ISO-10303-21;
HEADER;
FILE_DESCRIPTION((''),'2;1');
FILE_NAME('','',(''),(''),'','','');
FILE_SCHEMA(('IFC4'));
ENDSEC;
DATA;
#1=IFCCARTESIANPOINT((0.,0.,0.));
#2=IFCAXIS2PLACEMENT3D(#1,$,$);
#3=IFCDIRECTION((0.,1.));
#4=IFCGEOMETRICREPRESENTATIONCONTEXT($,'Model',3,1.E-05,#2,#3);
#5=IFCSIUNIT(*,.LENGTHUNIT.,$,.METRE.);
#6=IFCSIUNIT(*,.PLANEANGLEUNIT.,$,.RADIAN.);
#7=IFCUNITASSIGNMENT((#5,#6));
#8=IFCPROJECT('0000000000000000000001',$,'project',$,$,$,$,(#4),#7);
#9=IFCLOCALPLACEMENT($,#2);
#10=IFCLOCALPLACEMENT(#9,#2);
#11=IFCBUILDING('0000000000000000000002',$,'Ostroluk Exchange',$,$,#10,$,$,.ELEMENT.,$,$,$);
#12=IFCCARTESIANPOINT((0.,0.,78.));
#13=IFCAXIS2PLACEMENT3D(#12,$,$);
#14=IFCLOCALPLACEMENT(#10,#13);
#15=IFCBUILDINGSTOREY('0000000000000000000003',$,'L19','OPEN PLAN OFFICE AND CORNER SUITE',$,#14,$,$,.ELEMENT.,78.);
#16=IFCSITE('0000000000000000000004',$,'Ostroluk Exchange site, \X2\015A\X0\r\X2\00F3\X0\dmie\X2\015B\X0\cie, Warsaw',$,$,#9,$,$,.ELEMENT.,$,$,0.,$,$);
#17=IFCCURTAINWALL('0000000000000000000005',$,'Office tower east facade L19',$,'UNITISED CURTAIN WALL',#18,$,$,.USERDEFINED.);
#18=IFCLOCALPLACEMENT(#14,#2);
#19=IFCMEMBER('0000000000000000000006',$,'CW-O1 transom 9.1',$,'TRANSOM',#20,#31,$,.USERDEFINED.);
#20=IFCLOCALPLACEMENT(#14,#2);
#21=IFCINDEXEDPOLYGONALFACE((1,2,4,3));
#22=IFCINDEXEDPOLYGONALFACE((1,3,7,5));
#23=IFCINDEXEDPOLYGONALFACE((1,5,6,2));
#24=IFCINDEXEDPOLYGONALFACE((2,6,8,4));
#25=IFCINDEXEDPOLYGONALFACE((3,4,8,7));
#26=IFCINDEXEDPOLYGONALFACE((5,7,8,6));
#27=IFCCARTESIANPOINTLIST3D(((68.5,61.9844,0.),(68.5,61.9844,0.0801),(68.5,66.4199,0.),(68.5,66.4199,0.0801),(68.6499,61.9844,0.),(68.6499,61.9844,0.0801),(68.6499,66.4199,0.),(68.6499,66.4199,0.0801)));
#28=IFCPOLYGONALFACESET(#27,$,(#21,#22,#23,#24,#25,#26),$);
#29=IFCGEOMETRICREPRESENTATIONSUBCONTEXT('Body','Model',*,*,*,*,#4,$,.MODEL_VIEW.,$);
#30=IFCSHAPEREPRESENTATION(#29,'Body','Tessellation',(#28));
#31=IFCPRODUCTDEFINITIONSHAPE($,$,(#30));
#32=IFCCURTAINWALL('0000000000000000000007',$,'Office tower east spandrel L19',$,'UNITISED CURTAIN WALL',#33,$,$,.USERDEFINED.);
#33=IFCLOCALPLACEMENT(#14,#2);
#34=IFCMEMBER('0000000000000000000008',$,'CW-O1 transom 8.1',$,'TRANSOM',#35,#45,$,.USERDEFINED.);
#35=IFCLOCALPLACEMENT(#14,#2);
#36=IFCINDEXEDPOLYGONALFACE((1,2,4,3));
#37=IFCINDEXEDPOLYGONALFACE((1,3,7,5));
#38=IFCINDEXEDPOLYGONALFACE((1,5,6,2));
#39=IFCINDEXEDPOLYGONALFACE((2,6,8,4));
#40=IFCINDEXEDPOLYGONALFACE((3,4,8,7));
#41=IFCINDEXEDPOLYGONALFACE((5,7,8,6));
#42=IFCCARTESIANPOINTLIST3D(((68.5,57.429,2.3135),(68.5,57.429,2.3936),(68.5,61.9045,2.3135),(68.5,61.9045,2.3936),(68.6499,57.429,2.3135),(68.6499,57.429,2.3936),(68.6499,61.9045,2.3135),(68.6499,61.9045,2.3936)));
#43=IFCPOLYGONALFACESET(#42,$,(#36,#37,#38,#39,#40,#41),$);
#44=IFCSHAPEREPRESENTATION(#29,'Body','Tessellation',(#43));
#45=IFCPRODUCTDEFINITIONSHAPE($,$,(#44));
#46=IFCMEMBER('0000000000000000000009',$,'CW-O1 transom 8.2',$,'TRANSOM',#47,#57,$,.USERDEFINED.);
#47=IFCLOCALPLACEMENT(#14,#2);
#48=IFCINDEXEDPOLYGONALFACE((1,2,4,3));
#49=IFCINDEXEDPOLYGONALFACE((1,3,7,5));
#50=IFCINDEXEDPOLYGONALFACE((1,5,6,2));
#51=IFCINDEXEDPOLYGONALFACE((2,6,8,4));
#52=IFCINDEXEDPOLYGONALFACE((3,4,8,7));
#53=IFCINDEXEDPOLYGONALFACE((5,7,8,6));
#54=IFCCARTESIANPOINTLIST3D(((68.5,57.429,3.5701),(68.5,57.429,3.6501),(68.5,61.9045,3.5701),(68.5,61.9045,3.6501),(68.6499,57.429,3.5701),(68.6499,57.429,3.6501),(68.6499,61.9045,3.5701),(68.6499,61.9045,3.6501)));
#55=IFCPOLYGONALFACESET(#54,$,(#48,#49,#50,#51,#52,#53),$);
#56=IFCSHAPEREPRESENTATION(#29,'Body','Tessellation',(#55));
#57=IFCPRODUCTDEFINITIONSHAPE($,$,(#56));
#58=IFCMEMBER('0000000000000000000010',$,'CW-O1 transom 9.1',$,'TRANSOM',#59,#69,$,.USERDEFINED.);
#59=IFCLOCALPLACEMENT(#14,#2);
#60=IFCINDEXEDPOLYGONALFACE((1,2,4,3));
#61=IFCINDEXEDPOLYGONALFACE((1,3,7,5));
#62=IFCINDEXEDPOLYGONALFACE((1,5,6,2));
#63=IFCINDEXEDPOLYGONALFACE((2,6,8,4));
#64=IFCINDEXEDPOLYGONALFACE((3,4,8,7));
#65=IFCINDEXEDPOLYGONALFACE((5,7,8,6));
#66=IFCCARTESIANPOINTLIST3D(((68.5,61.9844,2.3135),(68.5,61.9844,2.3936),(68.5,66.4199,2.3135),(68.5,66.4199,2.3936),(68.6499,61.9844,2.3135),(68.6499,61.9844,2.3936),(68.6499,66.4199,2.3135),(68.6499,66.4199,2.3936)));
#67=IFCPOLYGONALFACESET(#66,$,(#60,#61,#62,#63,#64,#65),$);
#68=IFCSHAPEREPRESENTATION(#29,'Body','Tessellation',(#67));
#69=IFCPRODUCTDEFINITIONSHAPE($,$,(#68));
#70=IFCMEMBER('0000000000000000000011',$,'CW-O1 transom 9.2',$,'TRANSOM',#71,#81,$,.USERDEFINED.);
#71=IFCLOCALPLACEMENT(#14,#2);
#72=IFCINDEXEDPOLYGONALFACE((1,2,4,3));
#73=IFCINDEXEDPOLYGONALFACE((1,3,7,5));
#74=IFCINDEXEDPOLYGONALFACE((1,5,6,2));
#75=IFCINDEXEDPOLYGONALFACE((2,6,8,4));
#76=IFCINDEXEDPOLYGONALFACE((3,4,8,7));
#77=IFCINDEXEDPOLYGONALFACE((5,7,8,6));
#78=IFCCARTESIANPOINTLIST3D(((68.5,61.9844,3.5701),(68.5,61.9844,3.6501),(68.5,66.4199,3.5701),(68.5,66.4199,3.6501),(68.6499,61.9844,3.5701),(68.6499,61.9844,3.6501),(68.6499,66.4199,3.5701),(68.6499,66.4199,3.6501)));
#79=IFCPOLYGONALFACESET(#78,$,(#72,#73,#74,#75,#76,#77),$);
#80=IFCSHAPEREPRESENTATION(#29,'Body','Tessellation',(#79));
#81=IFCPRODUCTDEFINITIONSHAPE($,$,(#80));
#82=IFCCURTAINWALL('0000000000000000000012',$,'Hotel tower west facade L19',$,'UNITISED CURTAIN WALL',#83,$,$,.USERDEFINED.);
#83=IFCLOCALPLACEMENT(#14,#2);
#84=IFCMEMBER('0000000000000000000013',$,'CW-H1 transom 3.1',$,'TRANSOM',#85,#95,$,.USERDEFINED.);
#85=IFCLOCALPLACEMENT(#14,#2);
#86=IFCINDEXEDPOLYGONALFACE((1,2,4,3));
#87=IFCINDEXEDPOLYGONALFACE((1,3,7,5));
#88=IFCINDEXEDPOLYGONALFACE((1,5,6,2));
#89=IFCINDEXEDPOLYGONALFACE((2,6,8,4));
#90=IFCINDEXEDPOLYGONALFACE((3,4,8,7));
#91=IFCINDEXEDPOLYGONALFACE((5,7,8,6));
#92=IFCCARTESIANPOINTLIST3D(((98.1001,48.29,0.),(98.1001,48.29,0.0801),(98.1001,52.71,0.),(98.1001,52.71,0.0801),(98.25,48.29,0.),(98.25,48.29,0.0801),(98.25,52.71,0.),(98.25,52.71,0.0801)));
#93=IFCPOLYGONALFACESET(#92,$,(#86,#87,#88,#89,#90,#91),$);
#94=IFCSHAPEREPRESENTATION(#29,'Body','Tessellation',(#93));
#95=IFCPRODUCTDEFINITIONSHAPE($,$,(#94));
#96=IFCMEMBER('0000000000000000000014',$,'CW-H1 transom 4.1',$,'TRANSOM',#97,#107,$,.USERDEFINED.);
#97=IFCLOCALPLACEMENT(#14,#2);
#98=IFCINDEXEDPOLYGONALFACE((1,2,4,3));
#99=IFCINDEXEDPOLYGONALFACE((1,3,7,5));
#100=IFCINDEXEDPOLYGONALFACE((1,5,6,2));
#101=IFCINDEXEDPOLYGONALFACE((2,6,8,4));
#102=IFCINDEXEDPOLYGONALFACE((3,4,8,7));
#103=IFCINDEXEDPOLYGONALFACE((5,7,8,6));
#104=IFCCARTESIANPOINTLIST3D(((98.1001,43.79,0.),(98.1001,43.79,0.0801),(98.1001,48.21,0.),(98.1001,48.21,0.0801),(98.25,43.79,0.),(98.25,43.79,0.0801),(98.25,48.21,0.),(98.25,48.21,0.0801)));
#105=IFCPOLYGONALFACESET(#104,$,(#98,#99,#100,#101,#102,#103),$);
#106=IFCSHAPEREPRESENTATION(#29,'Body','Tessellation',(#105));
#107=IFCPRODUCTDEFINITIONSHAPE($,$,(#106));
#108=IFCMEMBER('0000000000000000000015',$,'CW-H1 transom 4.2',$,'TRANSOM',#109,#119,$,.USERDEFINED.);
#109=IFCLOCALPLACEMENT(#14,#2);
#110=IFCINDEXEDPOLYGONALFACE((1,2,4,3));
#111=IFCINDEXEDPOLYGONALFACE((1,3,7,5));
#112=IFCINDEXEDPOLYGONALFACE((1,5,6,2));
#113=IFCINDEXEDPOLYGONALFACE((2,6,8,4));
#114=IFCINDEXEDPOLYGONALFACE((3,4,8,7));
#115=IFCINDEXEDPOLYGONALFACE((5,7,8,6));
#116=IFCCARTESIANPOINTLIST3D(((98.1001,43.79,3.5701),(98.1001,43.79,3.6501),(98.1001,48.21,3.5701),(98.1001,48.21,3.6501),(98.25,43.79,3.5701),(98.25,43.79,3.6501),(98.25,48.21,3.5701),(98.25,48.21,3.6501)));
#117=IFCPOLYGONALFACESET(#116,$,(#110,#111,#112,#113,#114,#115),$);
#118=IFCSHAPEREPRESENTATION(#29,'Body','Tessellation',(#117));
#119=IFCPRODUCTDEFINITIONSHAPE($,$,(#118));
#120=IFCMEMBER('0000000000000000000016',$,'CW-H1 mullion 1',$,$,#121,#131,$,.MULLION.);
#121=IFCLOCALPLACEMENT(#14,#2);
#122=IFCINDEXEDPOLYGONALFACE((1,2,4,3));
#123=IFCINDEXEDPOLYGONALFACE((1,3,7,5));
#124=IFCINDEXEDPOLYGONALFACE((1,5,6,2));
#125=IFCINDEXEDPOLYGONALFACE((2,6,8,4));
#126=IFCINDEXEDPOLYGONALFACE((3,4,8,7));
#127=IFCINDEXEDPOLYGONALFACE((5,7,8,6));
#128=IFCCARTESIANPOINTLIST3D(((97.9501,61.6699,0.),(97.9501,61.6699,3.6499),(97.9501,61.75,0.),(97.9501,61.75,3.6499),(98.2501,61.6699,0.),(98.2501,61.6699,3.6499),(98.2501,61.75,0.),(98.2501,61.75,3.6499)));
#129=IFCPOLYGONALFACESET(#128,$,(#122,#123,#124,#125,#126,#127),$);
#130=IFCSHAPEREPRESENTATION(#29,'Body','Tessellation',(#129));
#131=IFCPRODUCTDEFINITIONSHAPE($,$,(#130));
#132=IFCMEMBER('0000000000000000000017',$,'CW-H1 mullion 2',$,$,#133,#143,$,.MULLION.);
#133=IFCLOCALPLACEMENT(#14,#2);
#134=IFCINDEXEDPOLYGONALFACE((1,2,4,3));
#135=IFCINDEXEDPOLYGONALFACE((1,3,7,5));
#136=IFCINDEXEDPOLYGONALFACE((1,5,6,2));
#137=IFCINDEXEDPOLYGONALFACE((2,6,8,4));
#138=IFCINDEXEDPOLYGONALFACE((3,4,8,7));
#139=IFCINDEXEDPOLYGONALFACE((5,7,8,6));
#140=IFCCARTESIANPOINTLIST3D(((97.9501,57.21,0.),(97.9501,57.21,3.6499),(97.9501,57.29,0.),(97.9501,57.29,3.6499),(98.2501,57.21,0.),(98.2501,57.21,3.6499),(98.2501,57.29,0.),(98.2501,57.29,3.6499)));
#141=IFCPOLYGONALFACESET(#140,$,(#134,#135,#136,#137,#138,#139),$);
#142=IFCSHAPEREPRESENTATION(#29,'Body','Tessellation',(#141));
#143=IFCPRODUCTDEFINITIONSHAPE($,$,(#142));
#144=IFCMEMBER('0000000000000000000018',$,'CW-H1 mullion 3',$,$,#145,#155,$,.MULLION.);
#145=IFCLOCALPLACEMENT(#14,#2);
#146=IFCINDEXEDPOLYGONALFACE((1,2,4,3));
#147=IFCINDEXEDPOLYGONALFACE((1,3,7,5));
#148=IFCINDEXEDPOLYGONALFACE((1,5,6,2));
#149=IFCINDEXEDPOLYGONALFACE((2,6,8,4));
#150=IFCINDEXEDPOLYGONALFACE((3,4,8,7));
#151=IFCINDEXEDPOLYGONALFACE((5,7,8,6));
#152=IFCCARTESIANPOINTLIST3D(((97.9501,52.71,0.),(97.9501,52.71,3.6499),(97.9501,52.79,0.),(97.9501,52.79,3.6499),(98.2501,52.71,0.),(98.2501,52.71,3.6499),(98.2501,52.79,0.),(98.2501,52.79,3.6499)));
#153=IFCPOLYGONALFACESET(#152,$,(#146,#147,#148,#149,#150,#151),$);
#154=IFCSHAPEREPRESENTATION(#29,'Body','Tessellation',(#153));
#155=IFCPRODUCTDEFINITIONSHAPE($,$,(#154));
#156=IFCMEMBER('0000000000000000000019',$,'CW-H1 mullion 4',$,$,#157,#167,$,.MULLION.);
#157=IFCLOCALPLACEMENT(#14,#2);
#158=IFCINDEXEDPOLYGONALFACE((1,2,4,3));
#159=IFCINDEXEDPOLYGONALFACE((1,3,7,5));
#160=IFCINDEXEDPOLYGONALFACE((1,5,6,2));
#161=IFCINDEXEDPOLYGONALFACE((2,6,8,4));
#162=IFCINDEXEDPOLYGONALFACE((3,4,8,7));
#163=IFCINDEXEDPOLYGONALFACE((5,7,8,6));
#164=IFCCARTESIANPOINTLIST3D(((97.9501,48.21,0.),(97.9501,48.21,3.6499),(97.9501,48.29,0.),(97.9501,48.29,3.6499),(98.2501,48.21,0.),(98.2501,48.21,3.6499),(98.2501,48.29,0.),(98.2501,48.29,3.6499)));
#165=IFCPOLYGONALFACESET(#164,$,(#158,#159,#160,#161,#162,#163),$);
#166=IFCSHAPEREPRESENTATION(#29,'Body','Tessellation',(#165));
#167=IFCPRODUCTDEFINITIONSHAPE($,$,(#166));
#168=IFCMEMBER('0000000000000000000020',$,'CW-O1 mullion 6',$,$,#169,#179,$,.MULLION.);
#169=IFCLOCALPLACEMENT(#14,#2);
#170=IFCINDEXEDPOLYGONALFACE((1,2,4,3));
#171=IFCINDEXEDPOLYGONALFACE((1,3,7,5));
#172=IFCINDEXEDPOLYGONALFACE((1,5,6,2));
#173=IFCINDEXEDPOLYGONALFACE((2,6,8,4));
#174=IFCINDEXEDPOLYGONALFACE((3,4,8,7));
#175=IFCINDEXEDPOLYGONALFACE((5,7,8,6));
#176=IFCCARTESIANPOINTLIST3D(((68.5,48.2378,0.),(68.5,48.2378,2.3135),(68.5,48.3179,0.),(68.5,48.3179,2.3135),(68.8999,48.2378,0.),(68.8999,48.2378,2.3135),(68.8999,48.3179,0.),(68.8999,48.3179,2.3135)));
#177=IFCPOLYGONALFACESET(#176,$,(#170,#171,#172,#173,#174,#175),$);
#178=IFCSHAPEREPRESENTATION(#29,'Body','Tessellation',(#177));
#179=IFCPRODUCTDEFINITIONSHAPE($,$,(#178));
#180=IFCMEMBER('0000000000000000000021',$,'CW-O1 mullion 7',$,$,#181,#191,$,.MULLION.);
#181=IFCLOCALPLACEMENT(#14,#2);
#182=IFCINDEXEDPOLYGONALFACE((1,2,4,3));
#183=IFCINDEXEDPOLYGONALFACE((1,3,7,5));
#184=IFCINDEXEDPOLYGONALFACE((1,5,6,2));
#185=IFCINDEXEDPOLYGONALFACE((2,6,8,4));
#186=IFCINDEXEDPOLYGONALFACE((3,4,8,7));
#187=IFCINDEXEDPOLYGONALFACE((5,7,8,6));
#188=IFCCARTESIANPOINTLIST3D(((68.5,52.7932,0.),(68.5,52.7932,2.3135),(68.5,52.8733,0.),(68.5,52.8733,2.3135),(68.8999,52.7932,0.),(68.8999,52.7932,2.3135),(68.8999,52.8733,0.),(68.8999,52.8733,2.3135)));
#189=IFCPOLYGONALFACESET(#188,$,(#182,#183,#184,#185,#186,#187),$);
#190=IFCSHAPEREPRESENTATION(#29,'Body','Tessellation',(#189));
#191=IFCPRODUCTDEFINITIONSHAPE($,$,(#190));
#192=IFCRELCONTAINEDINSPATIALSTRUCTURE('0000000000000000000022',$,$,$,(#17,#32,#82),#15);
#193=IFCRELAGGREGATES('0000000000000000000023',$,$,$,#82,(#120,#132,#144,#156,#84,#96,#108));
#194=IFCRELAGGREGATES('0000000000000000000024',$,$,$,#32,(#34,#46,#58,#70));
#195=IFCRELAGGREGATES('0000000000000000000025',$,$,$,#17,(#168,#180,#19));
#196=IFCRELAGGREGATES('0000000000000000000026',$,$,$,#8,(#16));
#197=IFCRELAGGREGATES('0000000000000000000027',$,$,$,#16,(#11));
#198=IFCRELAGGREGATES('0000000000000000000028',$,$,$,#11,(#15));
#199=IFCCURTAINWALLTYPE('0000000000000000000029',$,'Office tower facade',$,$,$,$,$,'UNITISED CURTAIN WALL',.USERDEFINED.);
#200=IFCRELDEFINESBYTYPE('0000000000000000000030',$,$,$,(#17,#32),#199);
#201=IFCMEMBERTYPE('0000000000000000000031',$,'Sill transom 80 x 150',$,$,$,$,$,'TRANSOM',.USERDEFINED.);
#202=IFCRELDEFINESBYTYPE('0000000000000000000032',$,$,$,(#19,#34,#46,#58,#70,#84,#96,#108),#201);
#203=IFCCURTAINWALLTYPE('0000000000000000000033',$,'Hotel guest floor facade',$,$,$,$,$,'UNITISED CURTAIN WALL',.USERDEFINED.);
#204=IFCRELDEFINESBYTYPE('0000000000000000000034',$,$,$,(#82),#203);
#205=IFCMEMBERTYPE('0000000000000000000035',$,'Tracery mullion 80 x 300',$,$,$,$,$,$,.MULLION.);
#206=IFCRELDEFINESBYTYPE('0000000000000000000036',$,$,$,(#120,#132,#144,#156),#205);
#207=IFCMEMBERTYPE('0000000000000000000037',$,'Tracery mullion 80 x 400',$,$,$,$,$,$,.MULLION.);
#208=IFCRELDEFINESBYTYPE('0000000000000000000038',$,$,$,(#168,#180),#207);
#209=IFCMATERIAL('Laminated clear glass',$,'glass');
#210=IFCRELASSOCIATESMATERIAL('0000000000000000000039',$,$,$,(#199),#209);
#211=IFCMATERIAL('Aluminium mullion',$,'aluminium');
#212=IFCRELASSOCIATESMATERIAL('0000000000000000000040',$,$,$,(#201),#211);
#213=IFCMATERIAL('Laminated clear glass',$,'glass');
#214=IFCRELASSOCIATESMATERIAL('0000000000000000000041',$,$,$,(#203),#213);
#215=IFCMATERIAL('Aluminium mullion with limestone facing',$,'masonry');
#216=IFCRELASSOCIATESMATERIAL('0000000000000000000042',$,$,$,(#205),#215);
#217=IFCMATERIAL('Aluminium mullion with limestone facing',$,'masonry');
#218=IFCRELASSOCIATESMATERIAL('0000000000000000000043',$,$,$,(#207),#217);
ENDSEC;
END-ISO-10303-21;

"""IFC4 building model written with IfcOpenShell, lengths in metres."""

from ifc_helpers import new_model, si_unit, direction, frame, origin, origin_2d, place, context, subcontext, project, spatial, rectangle, extrude, material, material_profile, profile_set, type_object, element, aggregate, save


model = new_model("IFC4")

# Units and contexts
model_context = context("Model", 3, precision=1e-05, world=origin(), true_north=direction((0.0, 1.0)))
body_context = subcontext(model_context, "Body", "Model", "MODEL_VIEW")
ifc_project = project(units=[si_unit("LENGTHUNIT", "METRE"), si_unit("PLANEANGLEUNIT", "RADIAN")], contexts=[model_context])

# Site, building, storey
site_placement = place(None, origin())
site = spatial("IfcSite", under=ifc_project, at=site_placement, Name="Ostroluk Exchange site, Śródmieście, Warsaw", CompositionType="ELEMENT", RefElevation=0.0)
building_placement = place(site_placement, origin())
building = spatial("IfcBuilding", under=site, at=building_placement, Name="Ostroluk Exchange", CompositionType="ELEMENT")
storey_placement = place(building_placement, frame((0.0, 0.0, 78.0)))
storey = spatial("IfcBuildingStorey", under=building, at=storey_placement, Name="L19", Description="OPEN PLAN OFFICE AND CORNER SUITE", CompositionType="ELEMENT", Elevation=78.0)

# Curtain wall, member
ifc_material_1 = material(Name="Laminated clear glass", Category="glass")
curtain_wall_type_1 = type_object("IfcCurtainWallType", Name="Office tower facade", ElementType="UNITISED CURTAIN WALL", PredefinedType="USERDEFINED", material=ifc_material_1)
curtain_wall_1_placement = place(storey_placement, origin())
curtain_wall_1 = element("IfcCurtainWall", 1, at=curtain_wall_1_placement, inside=storey, type_object=curtain_wall_type_1, Name="Office tower east facade L19", ObjectType="UNITISED CURTAIN WALL", PredefinedType="USERDEFINED")
ifc_material_2 = material(Name="Aluminium mullion", Category="aluminium")
ifc_material_profile_1 = material_profile(ifc_material_2, rectangle(XDim=0.1499, YDim=0.0801, at=origin_2d()), Name="Sill transom 80 x 150")
ifc_profile_set_1 = profile_set([ifc_material_profile_1], Name="Aluminium mullion")
member_type_1 = type_object("IfcMemberType", Name="Sill transom 80 x 150", ElementType="TRANSOM", PredefinedType="USERDEFINED", material=ifc_profile_set_1)
member_1_placement = place(storey_placement, frame((68.575, 61.9844, 0.04), z_axis=(0.0, 1.0, 0.0), x_axis=(-1.0, 0.0, 0.0)))
member_1 = element("IfcMember", 2, at=member_1_placement, type_object=member_type_1, Name="CW-O1 transom 9.1", ObjectType="TRANSOM", PredefinedType="USERDEFINED", context=body_context, shape_type="SweptSolid", body=[
    extrude(rectangle(XDim=0.1499, YDim=0.0801, at=origin_2d()), origin(), (0.0, 0.0, 1.0), 4.4355),
])

# Curtain walls, members
curtain_wall_2_placement = place(storey_placement, origin())
curtain_wall_2 = element("IfcCurtainWall", 3, at=curtain_wall_2_placement, inside=storey, type_object=curtain_wall_type_1, Name="Office tower east spandrel L19", ObjectType="UNITISED CURTAIN WALL", PredefinedType="USERDEFINED")
member_2_placement = place(storey_placement, frame((68.575, 57.429, 2.3535), z_axis=(0.0, 1.0, 0.0), x_axis=(-1.0, 0.0, 0.0)))
member_2 = element("IfcMember", 4, at=member_2_placement, type_object=member_type_1, Name="CW-O1 transom 8.1", ObjectType="TRANSOM", PredefinedType="USERDEFINED", context=body_context, shape_type="SweptSolid", body=[
    extrude(rectangle(XDim=0.1499, YDim=0.0801, at=origin_2d()), origin(), (0.0, 0.0, 1.0), 4.4756),
])
member_3_placement = place(storey_placement, frame((68.575, 57.429, 3.6101), z_axis=(0.0, 1.0, 0.0), x_axis=(-1.0, 0.0, 0.0)))
member_3 = element("IfcMember", 5, at=member_3_placement, type_object=member_type_1, Name="CW-O1 transom 8.2", ObjectType="TRANSOM", PredefinedType="USERDEFINED", context=body_context, shape_type="SweptSolid", body=[
    extrude(rectangle(XDim=0.1499, YDim=0.0801, at=origin_2d()), origin(), (0.0, 0.0, 1.0), 4.4756),
])
member_4_placement = place(storey_placement, frame((68.575, 61.9844, 2.3535), z_axis=(0.0, 1.0, 0.0), x_axis=(-1.0, 0.0, 0.0)))
member_4 = element("IfcMember", 6, at=member_4_placement, type_object=member_type_1, Name="CW-O1 transom 9.1", ObjectType="TRANSOM", PredefinedType="USERDEFINED", context=body_context, shape_type="SweptSolid", body=[
    extrude(rectangle(XDim=0.1499, YDim=0.0801, at=origin_2d()), origin(), (0.0, 0.0, 1.0), 4.4355),
])
member_5_placement = place(storey_placement, frame((68.575, 61.9844, 3.6101), z_axis=(0.0, 1.0, 0.0), x_axis=(-1.0, 0.0, 0.0)))
member_5 = element("IfcMember", 7, at=member_5_placement, type_object=member_type_1, Name="CW-O1 transom 9.2", ObjectType="TRANSOM", PredefinedType="USERDEFINED", context=body_context, shape_type="SweptSolid", body=[
    extrude(rectangle(XDim=0.1499, YDim=0.0801, at=origin_2d()), origin(), (0.0, 0.0, 1.0), 4.4355),
])
ifc_material_3 = material(Name="Laminated clear glass", Category="glass")
curtain_wall_type_2 = type_object("IfcCurtainWallType", Name="Hotel guest floor facade", ElementType="UNITISED CURTAIN WALL", PredefinedType="USERDEFINED", material=ifc_material_3)
curtain_wall_3_placement = place(storey_placement, origin())
curtain_wall_3 = element("IfcCurtainWall", 8, at=curtain_wall_3_placement, inside=storey, type_object=curtain_wall_type_2, Name="Hotel tower west facade L19", ObjectType="UNITISED CURTAIN WALL", PredefinedType="USERDEFINED")
member_6_placement = place(storey_placement, frame((98.175, 52.71, 0.04), z_axis=(0.0, -1.0, 0.0), x_axis=(1.0, 0.0, 0.0)))
member_6 = element("IfcMember", 9, at=member_6_placement, type_object=member_type_1, Name="CW-H1 transom 3.1", ObjectType="TRANSOM", PredefinedType="USERDEFINED", context=body_context, shape_type="SweptSolid", body=[
    extrude(rectangle(XDim=0.1499, YDim=0.0801, at=origin_2d()), origin(), (0.0, 0.0, 1.0), 4.4199),
])
member_7_placement = place(storey_placement, frame((98.175, 48.21, 0.04), z_axis=(0.0, -1.0, 0.0), x_axis=(1.0, 0.0, 0.0)))
member_7 = element("IfcMember", 10, at=member_7_placement, type_object=member_type_1, Name="CW-H1 transom 4.1", ObjectType="TRANSOM", PredefinedType="USERDEFINED", context=body_context, shape_type="SweptSolid", body=[
    extrude(rectangle(XDim=0.1499, YDim=0.0801, at=origin_2d()), origin(), (0.0, 0.0, 1.0), 4.4199),
])
member_8_placement = place(storey_placement, frame((98.175, 48.21, 3.6101), z_axis=(0.0, -1.0, 0.0), x_axis=(1.0, 0.0, 0.0)))
member_8 = element("IfcMember", 11, at=member_8_placement, type_object=member_type_1, Name="CW-H1 transom 4.2", ObjectType="TRANSOM", PredefinedType="USERDEFINED", context=body_context, shape_type="SweptSolid", body=[
    extrude(rectangle(XDim=0.1499, YDim=0.0801, at=origin_2d()), origin(), (0.0, 0.0, 1.0), 4.4199),
])
ifc_material_4 = material(Name="Aluminium mullion with limestone facing", Category="masonry")
ifc_material_profile_2 = material_profile(ifc_material_4, rectangle(XDim=0.3, YDim=0.0801, at=origin_2d()), Name="Tracery mullion 80 x 300")
ifc_profile_set_2 = profile_set([ifc_material_profile_2], Name="Aluminium mullion with limestone facing")
member_type_2 = type_object("IfcMemberType", Name="Tracery mullion 80 x 300", PredefinedType="MULLION", material=ifc_profile_set_2)
member_9_placement = place(storey_placement, frame((98.1001, 61.71, 0.0), z_axis=(0.0, 0.0, 1.0), x_axis=(1.0, 0.0, 0.0)))
member_9 = element("IfcMember", 12, at=member_9_placement, type_object=member_type_2, Name="CW-H1 mullion 1", PredefinedType="MULLION", context=body_context, shape_type="SweptSolid", body=[
    extrude(rectangle(XDim=0.3, YDim=0.0801, at=origin_2d()), origin(), (0.0, 0.0, 1.0), 3.6499),
])
member_10_placement = place(storey_placement, frame((98.1001, 57.25, 0.0), z_axis=(0.0, 0.0, 1.0), x_axis=(1.0, 0.0, 0.0)))
member_10 = element("IfcMember", 13, at=member_10_placement, type_object=member_type_2, Name="CW-H1 mullion 2", PredefinedType="MULLION", context=body_context, shape_type="SweptSolid", body=[
    extrude(rectangle(XDim=0.3, YDim=0.0801, at=origin_2d()), origin(), (0.0, 0.0, 1.0), 3.6499),
])
member_11_placement = place(storey_placement, frame((98.1001, 52.75, 0.0), z_axis=(0.0, 0.0, 1.0), x_axis=(1.0, 0.0, 0.0)))
member_11 = element("IfcMember", 14, at=member_11_placement, type_object=member_type_2, Name="CW-H1 mullion 3", PredefinedType="MULLION", context=body_context, shape_type="SweptSolid", body=[
    extrude(rectangle(XDim=0.3, YDim=0.0801, at=origin_2d()), origin(), (0.0, 0.0, 1.0), 3.6499),
])
member_12_placement = place(storey_placement, frame((98.1001, 48.25, 0.0), z_axis=(0.0, 0.0, 1.0), x_axis=(1.0, 0.0, 0.0)))
member_12 = element("IfcMember", 15, at=member_12_placement, type_object=member_type_2, Name="CW-H1 mullion 4", PredefinedType="MULLION", context=body_context, shape_type="SweptSolid", body=[
    extrude(rectangle(XDim=0.3, YDim=0.0801, at=origin_2d()), origin(), (0.0, 0.0, 1.0), 3.6499),
])

# Members
ifc_material_5 = material(Name="Aluminium mullion with limestone facing", Category="masonry")
ifc_material_profile_3 = material_profile(ifc_material_5, rectangle(XDim=0.3999, YDim=0.0801, at=origin_2d()), Name="Tracery mullion 80 x 400")
ifc_profile_set_3 = profile_set([ifc_material_profile_3], Name="Aluminium mullion with limestone facing")
member_type_3 = type_object("IfcMemberType", Name="Tracery mullion 80 x 400", PredefinedType="MULLION", material=ifc_profile_set_3)
member_13_placement = place(storey_placement, frame((68.7, 48.2778, 0.0), z_axis=(0.0, 0.0, 1.0), x_axis=(-1.0, 0.0, 0.0)))
member_13 = element("IfcMember", 16, at=member_13_placement, type_object=member_type_3, Name="CW-O1 mullion 6", PredefinedType="MULLION", context=body_context, shape_type="SweptSolid", body=[
    extrude(rectangle(XDim=0.3999, YDim=0.0801, at=origin_2d()), origin(), (0.0, 0.0, 1.0), 2.3135),
])
member_14_placement = place(storey_placement, frame((68.7, 52.8333, 0.0), z_axis=(0.0, 0.0, 1.0), x_axis=(-1.0, 0.0, 0.0)))
member_14 = element("IfcMember", 17, at=member_14_placement, type_object=member_type_3, Name="CW-O1 mullion 7", PredefinedType="MULLION", context=body_context, shape_type="SweptSolid", body=[
    extrude(rectangle(XDim=0.3999, YDim=0.0801, at=origin_2d()), origin(), (0.0, 0.0, 1.0), 2.3135),
])

aggregate(curtain_wall_3, [member_9, member_10, member_11, member_12, member_6, member_7, member_8])
aggregate(curtain_wall_2, [member_2, member_3, member_4, member_5])
aggregate(curtain_wall_1, [member_13, member_14, member_1])

save(model, "model.ifc")
